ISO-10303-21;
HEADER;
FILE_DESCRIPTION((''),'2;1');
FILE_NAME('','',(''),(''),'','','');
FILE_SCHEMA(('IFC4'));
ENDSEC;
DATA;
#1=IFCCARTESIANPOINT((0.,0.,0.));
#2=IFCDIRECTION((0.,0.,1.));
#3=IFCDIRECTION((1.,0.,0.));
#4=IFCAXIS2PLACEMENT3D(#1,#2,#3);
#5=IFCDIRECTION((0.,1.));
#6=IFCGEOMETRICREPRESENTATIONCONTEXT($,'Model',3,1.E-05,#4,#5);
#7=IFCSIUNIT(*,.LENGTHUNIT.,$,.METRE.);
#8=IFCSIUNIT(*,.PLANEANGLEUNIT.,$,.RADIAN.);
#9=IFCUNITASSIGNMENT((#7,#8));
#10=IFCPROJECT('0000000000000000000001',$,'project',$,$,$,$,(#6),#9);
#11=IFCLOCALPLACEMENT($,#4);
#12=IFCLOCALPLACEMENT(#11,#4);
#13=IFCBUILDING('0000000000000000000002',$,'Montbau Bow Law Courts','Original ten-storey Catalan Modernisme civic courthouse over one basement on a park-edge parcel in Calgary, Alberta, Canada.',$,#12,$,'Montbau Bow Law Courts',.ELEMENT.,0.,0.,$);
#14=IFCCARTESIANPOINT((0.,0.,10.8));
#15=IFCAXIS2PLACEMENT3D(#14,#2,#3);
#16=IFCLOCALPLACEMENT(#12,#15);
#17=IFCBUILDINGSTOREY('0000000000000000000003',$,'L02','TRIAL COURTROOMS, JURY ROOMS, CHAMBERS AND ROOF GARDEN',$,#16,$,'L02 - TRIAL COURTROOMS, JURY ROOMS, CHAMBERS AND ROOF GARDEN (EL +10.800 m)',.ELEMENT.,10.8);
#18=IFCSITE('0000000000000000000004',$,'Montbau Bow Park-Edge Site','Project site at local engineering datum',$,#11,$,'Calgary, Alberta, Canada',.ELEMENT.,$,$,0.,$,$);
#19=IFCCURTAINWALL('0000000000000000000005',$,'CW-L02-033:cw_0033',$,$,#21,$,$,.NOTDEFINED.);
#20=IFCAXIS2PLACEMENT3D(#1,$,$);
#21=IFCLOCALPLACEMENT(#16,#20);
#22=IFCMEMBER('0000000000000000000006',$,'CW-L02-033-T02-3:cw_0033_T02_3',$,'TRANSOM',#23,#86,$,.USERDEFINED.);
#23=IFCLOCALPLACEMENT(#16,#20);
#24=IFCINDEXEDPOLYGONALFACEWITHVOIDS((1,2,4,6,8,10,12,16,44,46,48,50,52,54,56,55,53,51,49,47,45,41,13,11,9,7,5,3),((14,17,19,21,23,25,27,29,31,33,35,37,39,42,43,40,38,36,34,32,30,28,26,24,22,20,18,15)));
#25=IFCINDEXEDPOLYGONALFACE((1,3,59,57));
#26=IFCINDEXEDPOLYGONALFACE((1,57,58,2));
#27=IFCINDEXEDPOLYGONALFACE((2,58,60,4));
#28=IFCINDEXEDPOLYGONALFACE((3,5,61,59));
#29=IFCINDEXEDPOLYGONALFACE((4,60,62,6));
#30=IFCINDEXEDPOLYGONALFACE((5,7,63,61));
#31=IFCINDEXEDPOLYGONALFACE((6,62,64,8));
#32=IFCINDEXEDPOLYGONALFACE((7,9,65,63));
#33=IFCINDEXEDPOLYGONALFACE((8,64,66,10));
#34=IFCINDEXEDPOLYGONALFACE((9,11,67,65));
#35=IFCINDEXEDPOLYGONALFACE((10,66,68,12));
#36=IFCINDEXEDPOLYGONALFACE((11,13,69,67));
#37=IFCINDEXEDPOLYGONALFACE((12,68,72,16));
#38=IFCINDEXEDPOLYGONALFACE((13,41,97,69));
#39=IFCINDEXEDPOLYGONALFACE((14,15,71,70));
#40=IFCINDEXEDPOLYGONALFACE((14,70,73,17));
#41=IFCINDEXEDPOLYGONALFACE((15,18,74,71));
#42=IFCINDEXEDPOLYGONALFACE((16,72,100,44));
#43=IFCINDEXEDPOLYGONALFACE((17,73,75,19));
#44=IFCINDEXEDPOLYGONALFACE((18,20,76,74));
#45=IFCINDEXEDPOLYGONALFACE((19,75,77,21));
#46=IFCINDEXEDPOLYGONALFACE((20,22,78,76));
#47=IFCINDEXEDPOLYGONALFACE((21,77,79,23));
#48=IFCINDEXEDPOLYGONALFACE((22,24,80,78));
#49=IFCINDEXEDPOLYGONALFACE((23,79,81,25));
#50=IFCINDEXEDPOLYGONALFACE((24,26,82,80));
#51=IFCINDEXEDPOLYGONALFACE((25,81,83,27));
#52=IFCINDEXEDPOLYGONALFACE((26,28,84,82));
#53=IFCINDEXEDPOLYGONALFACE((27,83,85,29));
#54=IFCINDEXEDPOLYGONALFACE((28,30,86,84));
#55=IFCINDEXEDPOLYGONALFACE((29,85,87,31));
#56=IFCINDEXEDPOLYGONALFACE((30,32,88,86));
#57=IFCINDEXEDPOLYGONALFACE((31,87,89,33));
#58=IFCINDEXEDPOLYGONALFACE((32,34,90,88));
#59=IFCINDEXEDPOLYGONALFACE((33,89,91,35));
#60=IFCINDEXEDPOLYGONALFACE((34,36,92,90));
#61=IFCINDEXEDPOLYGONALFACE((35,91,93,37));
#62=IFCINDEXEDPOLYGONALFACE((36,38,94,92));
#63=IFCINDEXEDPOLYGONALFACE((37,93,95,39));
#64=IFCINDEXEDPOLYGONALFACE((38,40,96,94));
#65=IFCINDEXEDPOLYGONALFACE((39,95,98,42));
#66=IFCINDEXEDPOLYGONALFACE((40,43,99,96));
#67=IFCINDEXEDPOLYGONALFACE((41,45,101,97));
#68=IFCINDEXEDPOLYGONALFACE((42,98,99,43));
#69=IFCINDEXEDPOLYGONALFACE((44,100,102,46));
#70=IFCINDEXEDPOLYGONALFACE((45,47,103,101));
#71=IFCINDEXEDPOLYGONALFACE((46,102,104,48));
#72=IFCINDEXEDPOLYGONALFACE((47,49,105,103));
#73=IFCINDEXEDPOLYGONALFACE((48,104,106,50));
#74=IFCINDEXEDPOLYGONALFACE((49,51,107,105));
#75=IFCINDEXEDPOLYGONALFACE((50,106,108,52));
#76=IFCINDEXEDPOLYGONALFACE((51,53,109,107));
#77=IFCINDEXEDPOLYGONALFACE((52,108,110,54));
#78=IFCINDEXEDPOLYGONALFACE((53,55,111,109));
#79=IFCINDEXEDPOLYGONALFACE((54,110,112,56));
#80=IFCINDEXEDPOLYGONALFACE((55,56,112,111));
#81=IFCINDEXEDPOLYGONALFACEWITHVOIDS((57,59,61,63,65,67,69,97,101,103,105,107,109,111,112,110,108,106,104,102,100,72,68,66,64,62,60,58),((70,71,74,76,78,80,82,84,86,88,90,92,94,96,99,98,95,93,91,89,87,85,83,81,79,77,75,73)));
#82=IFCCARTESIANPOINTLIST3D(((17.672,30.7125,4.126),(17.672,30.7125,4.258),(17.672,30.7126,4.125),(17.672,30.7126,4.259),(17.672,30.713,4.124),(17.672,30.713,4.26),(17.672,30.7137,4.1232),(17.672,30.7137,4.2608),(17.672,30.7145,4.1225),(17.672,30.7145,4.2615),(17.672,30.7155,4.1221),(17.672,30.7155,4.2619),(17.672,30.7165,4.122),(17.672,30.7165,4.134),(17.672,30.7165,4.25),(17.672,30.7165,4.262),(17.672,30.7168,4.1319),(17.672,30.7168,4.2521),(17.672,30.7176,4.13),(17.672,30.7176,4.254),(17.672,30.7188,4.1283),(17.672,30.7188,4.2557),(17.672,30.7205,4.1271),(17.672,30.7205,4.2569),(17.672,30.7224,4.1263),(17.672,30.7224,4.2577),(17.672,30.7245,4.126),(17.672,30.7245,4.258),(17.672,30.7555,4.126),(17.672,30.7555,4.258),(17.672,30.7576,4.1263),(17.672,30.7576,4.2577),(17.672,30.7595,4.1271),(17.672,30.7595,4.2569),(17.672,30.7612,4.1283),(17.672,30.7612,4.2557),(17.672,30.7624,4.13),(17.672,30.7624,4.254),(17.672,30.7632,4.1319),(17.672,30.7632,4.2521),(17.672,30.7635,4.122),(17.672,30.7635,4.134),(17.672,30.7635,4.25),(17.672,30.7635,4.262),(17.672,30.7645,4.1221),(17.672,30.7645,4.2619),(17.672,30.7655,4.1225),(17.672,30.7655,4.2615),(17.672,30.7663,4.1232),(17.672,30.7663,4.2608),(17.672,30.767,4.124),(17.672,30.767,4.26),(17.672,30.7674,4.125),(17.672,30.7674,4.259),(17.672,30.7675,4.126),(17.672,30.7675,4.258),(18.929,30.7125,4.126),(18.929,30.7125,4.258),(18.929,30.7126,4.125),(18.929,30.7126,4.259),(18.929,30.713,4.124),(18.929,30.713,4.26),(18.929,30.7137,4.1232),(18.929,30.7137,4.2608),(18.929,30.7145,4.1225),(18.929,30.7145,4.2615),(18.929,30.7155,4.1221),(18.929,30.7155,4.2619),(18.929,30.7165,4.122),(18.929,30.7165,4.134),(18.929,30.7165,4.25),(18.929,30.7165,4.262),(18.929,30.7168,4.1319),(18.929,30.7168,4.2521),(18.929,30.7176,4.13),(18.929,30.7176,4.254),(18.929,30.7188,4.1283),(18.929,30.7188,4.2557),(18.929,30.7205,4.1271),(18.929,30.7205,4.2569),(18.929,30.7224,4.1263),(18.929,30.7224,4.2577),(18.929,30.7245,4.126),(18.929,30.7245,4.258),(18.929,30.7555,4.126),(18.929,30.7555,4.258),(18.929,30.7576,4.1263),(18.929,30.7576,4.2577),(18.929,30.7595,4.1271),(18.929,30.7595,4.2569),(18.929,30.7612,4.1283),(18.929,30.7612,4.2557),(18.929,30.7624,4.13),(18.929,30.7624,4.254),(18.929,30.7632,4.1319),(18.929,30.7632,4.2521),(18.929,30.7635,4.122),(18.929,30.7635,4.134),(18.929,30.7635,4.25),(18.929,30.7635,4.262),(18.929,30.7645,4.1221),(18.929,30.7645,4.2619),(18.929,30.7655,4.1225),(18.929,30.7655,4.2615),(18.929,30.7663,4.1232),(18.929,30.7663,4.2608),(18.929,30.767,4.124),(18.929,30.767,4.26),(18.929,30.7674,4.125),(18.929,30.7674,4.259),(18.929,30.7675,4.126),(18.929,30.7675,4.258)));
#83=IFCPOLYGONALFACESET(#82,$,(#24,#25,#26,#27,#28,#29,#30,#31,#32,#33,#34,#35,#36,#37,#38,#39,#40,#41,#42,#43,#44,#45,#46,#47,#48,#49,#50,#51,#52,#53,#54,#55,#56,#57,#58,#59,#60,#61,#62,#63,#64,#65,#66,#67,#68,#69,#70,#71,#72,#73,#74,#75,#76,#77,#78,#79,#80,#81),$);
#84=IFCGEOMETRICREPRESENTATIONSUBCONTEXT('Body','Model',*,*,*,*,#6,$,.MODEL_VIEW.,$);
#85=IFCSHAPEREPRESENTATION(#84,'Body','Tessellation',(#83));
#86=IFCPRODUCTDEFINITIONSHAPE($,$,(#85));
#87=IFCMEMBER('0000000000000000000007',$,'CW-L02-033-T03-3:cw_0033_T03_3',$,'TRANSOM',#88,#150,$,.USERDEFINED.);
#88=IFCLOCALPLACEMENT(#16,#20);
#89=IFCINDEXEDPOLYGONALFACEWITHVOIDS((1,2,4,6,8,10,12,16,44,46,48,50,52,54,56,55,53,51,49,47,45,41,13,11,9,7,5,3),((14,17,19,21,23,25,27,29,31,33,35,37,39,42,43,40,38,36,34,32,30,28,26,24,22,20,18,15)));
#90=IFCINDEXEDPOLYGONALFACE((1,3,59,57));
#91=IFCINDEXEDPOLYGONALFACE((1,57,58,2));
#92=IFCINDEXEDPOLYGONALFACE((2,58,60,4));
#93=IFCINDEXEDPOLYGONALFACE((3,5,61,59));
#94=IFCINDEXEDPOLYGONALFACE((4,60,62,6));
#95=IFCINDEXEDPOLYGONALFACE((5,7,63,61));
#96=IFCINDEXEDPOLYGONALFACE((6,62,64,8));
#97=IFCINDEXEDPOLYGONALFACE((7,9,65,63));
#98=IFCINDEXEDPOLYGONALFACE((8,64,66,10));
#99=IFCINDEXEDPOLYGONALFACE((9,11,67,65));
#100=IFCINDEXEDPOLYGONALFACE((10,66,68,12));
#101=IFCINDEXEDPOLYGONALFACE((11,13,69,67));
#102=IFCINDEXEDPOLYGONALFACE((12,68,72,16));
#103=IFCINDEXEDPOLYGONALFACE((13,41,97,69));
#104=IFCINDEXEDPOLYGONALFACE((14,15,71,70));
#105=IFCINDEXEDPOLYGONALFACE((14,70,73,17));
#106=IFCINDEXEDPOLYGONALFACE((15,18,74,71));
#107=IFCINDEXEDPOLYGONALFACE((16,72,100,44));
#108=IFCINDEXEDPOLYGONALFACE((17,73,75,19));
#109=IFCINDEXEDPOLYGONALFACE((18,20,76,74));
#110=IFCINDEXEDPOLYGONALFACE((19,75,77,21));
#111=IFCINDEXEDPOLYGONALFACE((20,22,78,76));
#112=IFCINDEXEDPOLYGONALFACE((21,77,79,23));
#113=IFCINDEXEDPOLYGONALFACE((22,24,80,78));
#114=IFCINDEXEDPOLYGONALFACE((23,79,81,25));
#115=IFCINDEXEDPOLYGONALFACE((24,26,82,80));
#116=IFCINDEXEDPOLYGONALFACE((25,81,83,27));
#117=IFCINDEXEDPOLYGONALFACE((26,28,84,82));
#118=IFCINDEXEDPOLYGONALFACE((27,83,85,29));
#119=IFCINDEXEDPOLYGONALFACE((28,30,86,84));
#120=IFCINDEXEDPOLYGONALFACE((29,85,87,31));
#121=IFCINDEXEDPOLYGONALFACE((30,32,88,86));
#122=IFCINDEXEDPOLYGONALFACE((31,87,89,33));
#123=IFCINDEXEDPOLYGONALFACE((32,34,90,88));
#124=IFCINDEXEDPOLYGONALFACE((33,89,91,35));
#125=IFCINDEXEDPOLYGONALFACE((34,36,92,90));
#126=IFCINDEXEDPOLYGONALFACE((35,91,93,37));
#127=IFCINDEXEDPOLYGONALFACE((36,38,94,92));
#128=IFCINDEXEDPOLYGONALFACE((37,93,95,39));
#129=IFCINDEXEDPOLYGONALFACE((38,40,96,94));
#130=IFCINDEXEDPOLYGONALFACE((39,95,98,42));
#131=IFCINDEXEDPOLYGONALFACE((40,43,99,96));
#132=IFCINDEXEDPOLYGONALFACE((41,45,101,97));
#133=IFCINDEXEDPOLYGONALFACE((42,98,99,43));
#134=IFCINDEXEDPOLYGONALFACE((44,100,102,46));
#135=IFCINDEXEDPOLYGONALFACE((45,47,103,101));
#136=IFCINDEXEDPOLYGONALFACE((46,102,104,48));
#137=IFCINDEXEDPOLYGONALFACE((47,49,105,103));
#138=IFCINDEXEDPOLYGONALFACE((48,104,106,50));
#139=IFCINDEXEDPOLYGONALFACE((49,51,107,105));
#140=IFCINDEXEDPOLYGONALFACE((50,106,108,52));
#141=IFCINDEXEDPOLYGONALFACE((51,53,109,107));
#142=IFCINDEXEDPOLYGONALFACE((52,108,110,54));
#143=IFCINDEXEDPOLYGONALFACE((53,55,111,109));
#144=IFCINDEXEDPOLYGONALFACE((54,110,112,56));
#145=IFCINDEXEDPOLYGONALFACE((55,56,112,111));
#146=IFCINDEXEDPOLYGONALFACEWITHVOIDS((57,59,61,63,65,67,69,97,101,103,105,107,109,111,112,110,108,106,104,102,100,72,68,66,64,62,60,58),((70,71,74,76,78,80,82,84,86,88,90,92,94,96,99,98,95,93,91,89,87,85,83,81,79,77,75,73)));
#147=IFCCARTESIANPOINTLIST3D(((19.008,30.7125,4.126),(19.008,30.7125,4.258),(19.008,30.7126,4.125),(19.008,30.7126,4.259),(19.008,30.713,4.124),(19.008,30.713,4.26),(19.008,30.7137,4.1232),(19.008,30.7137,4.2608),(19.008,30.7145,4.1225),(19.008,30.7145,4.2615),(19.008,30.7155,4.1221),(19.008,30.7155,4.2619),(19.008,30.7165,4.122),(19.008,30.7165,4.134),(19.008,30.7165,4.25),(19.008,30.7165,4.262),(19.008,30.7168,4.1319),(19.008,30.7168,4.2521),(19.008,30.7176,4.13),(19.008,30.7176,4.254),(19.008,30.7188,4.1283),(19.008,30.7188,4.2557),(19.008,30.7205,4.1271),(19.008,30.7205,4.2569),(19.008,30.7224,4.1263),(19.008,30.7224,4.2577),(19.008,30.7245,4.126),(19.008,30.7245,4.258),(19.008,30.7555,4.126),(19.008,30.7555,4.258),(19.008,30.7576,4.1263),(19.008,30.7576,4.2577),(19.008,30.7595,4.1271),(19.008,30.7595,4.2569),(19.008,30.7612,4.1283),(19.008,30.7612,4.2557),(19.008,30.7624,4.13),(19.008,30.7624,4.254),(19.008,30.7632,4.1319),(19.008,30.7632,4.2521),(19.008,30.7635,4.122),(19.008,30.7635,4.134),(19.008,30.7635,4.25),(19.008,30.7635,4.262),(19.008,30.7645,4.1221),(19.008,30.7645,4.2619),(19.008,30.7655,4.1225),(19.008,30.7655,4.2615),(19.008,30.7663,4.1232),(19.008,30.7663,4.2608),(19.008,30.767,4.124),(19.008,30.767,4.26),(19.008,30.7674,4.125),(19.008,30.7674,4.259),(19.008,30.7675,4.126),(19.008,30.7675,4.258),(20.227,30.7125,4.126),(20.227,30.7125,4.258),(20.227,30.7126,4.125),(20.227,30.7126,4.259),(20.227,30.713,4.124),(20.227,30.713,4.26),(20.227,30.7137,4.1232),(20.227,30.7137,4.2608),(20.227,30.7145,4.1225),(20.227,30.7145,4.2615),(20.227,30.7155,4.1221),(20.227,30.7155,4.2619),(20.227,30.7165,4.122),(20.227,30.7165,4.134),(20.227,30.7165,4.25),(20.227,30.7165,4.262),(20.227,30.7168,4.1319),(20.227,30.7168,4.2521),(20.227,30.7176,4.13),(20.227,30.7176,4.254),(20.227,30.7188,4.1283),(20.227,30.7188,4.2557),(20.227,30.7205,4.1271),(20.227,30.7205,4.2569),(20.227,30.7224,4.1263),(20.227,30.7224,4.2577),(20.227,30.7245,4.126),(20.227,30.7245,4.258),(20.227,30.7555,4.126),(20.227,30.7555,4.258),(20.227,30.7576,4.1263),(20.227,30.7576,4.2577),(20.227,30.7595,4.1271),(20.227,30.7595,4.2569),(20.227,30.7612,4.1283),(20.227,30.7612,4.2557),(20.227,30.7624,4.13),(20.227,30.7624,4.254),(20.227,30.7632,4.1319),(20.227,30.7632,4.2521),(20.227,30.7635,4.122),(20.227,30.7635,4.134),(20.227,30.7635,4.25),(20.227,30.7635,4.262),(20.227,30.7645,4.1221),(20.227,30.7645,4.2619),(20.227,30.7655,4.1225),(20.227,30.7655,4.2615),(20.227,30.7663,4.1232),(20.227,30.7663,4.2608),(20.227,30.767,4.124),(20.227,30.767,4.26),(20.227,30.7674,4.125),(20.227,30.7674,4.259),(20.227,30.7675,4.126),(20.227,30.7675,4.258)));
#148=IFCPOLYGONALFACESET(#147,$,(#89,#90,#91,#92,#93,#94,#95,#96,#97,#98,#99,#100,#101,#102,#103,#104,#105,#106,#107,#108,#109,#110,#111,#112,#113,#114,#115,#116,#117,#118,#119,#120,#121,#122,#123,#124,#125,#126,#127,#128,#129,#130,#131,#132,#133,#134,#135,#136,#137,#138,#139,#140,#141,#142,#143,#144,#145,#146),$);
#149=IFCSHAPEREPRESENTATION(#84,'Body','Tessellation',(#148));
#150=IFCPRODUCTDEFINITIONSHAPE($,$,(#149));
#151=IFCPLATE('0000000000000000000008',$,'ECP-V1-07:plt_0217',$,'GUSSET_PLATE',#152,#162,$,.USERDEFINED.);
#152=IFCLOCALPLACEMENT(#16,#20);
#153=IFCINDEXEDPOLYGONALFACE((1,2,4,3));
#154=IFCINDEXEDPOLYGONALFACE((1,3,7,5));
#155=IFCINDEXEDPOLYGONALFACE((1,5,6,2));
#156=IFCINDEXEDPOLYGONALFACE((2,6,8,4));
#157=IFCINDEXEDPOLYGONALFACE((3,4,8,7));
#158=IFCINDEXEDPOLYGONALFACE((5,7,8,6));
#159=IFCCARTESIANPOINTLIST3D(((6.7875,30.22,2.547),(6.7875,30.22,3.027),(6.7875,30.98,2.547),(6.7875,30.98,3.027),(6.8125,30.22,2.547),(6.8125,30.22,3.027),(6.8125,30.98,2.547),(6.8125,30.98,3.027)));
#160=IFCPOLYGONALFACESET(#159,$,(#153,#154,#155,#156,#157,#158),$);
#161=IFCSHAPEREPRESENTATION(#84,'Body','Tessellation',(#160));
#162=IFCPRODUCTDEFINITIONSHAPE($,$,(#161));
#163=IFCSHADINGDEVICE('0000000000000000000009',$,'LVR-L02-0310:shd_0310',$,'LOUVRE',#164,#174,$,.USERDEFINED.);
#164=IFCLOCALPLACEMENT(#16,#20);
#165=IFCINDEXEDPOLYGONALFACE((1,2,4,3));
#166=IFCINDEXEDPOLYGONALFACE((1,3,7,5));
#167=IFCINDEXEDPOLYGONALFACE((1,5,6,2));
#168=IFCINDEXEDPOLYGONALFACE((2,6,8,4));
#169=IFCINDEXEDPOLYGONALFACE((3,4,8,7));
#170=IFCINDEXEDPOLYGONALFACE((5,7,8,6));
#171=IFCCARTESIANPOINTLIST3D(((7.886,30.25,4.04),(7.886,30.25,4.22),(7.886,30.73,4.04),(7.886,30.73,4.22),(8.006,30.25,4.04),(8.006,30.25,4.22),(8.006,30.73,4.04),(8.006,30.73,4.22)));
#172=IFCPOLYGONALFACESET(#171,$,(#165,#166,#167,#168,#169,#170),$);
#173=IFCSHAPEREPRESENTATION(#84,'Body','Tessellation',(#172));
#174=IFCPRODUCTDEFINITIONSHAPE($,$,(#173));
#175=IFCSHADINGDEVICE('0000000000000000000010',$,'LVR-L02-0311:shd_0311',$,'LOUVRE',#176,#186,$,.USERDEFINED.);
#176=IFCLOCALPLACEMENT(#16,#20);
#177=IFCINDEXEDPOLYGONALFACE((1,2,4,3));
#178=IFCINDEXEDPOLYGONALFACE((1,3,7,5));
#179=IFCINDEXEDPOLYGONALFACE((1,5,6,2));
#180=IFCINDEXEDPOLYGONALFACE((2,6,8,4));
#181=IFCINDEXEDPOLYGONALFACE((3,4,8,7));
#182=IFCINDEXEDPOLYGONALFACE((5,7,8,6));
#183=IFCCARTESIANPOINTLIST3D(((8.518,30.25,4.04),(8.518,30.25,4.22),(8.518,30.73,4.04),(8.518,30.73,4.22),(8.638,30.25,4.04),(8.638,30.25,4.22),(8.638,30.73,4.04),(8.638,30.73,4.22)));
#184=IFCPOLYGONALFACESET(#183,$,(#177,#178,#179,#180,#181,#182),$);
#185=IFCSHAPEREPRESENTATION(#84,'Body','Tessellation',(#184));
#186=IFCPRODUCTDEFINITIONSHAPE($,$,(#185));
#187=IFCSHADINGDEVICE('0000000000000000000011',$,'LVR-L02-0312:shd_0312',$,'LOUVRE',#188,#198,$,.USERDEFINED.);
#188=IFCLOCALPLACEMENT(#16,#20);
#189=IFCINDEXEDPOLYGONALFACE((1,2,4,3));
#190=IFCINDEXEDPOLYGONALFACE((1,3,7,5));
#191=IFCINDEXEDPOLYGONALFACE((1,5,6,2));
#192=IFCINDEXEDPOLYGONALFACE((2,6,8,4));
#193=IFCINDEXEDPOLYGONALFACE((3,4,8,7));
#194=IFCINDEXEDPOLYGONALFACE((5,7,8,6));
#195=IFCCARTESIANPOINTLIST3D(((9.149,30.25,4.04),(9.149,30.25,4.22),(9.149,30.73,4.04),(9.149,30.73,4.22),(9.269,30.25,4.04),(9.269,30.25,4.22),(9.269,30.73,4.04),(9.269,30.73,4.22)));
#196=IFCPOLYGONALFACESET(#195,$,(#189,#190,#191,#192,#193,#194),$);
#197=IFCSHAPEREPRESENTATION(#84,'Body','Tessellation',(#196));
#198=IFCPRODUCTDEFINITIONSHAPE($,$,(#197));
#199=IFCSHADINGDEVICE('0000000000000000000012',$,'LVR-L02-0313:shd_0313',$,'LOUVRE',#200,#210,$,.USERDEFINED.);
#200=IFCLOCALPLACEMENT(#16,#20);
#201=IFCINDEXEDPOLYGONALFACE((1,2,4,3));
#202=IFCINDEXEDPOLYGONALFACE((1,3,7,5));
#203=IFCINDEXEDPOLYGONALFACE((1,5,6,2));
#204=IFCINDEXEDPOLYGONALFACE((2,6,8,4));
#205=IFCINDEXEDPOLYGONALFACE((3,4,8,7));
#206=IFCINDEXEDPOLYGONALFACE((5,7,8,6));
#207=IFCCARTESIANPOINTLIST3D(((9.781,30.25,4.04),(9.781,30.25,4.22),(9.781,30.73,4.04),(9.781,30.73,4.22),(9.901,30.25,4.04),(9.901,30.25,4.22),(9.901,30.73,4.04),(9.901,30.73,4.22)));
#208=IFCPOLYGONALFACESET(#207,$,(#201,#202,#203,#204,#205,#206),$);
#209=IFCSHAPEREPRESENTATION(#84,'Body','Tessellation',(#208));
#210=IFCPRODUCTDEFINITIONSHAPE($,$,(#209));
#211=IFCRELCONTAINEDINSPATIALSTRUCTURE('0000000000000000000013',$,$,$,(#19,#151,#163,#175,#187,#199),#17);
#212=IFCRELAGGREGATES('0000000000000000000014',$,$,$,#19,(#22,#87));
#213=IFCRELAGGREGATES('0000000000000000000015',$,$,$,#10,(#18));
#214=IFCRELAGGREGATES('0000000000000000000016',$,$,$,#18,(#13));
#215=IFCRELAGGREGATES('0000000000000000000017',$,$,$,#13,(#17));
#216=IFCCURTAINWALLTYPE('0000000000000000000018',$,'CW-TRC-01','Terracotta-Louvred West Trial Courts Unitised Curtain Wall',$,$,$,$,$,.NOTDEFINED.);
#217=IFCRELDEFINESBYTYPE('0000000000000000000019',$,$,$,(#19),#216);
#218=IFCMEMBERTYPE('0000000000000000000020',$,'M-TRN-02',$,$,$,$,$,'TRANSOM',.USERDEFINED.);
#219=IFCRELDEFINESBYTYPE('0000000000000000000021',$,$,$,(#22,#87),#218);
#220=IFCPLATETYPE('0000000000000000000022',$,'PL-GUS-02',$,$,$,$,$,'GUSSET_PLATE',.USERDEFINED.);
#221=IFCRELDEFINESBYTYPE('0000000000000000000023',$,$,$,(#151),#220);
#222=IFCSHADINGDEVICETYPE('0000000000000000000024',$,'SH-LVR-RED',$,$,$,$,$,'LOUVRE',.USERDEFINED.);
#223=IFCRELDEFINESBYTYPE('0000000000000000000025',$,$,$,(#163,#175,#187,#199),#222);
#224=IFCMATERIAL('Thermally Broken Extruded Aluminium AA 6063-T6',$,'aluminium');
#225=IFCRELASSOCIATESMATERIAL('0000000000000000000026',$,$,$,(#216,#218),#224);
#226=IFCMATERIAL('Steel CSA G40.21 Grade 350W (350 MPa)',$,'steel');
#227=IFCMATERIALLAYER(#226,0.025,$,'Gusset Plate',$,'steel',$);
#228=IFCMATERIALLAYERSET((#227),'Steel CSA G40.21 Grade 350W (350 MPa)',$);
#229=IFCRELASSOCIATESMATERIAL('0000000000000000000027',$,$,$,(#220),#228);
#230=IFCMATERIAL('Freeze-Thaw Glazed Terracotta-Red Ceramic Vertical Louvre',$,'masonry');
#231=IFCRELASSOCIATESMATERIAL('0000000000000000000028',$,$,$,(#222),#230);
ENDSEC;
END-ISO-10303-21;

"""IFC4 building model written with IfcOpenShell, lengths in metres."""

from ifc_helpers import new_model, si_unit, direction, frame, origin_with_axes, origin_2d_with_axis, place, context, subcontext, project, spatial, rectangle, hollow_rectangle, extrude, material, layer, layer_set, material_profile, profile_set, type_object, element, aggregate, save


model = new_model("IFC4")

# Units and contexts
model_context = context("Model", 3, precision=1e-05, world=origin_with_axes(), true_north=direction((0.0, 1.0)))
body_context = subcontext(model_context, "Body", "Model", "MODEL_VIEW")
ifc_project = project(units=[si_unit("LENGTHUNIT", "METRE"), si_unit("PLANEANGLEUNIT", "RADIAN")], contexts=[model_context])

# Site, building, storey
site_placement = place(None, origin_with_axes())
site = spatial("IfcSite", under=ifc_project, at=site_placement, Name="Montbau Bow Park-Edge Site", Description="Project site at local engineering datum", LongName="Calgary, Alberta, Canada", CompositionType="ELEMENT", RefElevation=0.0)
building_placement = place(site_placement, origin_with_axes())
building = spatial("IfcBuilding", under=site, at=building_placement, Name="Montbau Bow Law Courts", Description="Original ten-storey Catalan Modernisme civic courthouse over one basement on a park-edge parcel in Calgary, Alberta, Canada.", LongName="Montbau Bow Law Courts", CompositionType="ELEMENT", ElevationOfRefHeight=0.0, ElevationOfTerrain=0.0)
storey_placement = place(building_placement, frame((0.0, 0.0, 10.8), z_axis=(0.0, 0.0, 1.0), x_axis=(1.0, 0.0, 0.0)))
storey = spatial("IfcBuildingStorey", under=building, at=storey_placement, Name="L02", Description="TRIAL COURTROOMS, JURY ROOMS, CHAMBERS AND ROOF GARDEN", LongName="L02 - TRIAL COURTROOMS, JURY ROOMS, CHAMBERS AND ROOF GARDEN (EL +10.800 m)", CompositionType="ELEMENT", Elevation=10.8)

# Curtain wall, members
ifc_material_1 = material(Name="Thermally Broken Extruded Aluminium AA 6063-T6", Category="aluminium")
curtain_wall_type = type_object("IfcCurtainWallType", Name="CW-TRC-01", Description="Terracotta-Louvred West Trial Courts Unitised Curtain Wall", PredefinedType="NOTDEFINED", material=ifc_material_1)
curtain_wall_1_placement = place(None, frame((16.296, 30.74, 10.8), z_axis=(0.0, 0.0, 1.0), x_axis=(1.0, 0.0, 0.0)))
curtain_wall_1 = element("IfcCurtainWall", 1, at=curtain_wall_1_placement, inside=storey, type_object=curtain_wall_type, Name="CW-L02-033:cw_0033", PredefinedType="NOTDEFINED")
ifc_material_profile_1 = material_profile(ifc_material_1, hollow_rectangle(XDim=0.055, YDim=0.14, WallThickness=0.004, InnerFilletRadius=0.008, OuterFilletRadius=0.004, at=origin_2d_with_axis()), Name="CWT-140X55", Category="Main", Priority=0)
ifc_profile_set_1 = profile_set([ifc_material_profile_1], Name="Thermally Broken Extruded Aluminium AA 6063-T6")
member_type_1 = type_object("IfcMemberType", Name="M-TRN-02", ElementType="TRANSOM", PredefinedType="USERDEFINED", material=ifc_profile_set_1)
member_1_placement = place(None, frame((17.672, 30.74, 14.992), z_axis=(1.0, 0.0, 0.0), x_axis=(0.0, 1.0, 0.0)))
member_1 = element("IfcMember", 2, at=member_1_placement, type_object=member_type_1, Name="CW-L02-033-T02-3:cw_0033_T02_3", ObjectType="TRANSOM", PredefinedType="USERDEFINED", context=body_context, shape_type="SweptSolid", body=[
    extrude(hollow_rectangle(XDim=0.055, YDim=0.14, WallThickness=0.004, InnerFilletRadius=0.008, OuterFilletRadius=0.004, at=origin_2d_with_axis()), origin_with_axes(), (0.0, 0.0, 1.0), 1.257),
])
member_2_placement = place(None, frame((19.008, 30.74, 14.992), z_axis=(1.0, 0.0, 0.0), x_axis=(0.0, 1.0, 0.0)))
member_2 = element("IfcMember", 3, at=member_2_placement, type_object=member_type_1, Name="CW-L02-033-T03-3:cw_0033_T03_3", ObjectType="TRANSOM", PredefinedType="USERDEFINED", context=body_context, shape_type="SweptSolid", body=[
    extrude(hollow_rectangle(XDim=0.055, YDim=0.14, WallThickness=0.004, InnerFilletRadius=0.008, OuterFilletRadius=0.004, at=origin_2d_with_axis()), origin_with_axes(), (0.0, 0.0, 1.0), 1.219),
])
aggregate(curtain_wall_1, [member_1, member_2])

# Plate
ifc_material_2 = material(Name="Steel CSA G40.21 Grade 350W (350 MPa)", Category="steel")
ifc_layer = layer(ifc_material_2, 0.025, Name="Gusset Plate", Category="steel")
ifc_layer_set = layer_set([ifc_layer], Name="Steel CSA G40.21 Grade 350W (350 MPa)")
plate_type = type_object("IfcPlateType", Name="PL-GUS-02", ElementType="GUSSET_PLATE", PredefinedType="USERDEFINED", material=ifc_layer_set)
plate_placement = place(None, frame((6.8, 30.6, 13.347), z_axis=(0.0, 0.0, 1.0), x_axis=(1.0, 0.0, 0.0)))
element("IfcPlate", 4, at=plate_placement, inside=storey, type_object=plate_type, Name="ECP-V1-07:plt_0217", ObjectType="GUSSET_PLATE", PredefinedType="USERDEFINED", context=body_context, shape_type="SweptSolid", body=[
    extrude(rectangle(XDim=0.025, YDim=0.76, at=origin_2d_with_axis()), origin_with_axes(), (0.0, 0.0, 1.0), 0.48),
])

# Shading devices
ifc_material_3 = material(Name="Freeze-Thaw Glazed Terracotta-Red Ceramic Vertical Louvre", Category="masonry")
shading_device_type = type_object("IfcShadingDeviceType", Name="SH-LVR-RED", ElementType="LOUVRE", PredefinedType="USERDEFINED", material=ifc_material_3)
for number, where, z_axis, x_axis, name in (
    (5, (7.946, 30.49, 14.84), (0.0, 0.0, 1.0), (0.0, -1.0, 0.0), "LVR-L02-0310:shd_0310"),
    (6, (8.578, 30.49, 14.84), (0.0, 0.0, 1.0), (0.0, -1.0, 0.0), "LVR-L02-0311:shd_0311"),
    (7, (9.209, 30.49, 14.84), (0.0, 0.0, 1.0), (0.0, -1.0, 0.0), "LVR-L02-0312:shd_0312"),
    (8, (9.841, 30.49, 14.84), (0.0, 0.0, 1.0), (0.0, -1.0, 0.0), "LVR-L02-0313:shd_0313"),
):
    element("IfcShadingDevice", number, at=place(None, frame(where, z_axis=z_axis, x_axis=x_axis)), inside=storey, type_object=shading_device_type, Name=name, ObjectType="LOUVRE", PredefinedType="USERDEFINED", context=body_context, shape_type="SweptSolid", body=[
        extrude(rectangle(XDim=0.48, YDim=0.12, at=origin_2d_with_axis()), origin_with_axes(), (0.0, 0.0, 1.0), 0.18),
    ])

save(model, "model.ifc")
